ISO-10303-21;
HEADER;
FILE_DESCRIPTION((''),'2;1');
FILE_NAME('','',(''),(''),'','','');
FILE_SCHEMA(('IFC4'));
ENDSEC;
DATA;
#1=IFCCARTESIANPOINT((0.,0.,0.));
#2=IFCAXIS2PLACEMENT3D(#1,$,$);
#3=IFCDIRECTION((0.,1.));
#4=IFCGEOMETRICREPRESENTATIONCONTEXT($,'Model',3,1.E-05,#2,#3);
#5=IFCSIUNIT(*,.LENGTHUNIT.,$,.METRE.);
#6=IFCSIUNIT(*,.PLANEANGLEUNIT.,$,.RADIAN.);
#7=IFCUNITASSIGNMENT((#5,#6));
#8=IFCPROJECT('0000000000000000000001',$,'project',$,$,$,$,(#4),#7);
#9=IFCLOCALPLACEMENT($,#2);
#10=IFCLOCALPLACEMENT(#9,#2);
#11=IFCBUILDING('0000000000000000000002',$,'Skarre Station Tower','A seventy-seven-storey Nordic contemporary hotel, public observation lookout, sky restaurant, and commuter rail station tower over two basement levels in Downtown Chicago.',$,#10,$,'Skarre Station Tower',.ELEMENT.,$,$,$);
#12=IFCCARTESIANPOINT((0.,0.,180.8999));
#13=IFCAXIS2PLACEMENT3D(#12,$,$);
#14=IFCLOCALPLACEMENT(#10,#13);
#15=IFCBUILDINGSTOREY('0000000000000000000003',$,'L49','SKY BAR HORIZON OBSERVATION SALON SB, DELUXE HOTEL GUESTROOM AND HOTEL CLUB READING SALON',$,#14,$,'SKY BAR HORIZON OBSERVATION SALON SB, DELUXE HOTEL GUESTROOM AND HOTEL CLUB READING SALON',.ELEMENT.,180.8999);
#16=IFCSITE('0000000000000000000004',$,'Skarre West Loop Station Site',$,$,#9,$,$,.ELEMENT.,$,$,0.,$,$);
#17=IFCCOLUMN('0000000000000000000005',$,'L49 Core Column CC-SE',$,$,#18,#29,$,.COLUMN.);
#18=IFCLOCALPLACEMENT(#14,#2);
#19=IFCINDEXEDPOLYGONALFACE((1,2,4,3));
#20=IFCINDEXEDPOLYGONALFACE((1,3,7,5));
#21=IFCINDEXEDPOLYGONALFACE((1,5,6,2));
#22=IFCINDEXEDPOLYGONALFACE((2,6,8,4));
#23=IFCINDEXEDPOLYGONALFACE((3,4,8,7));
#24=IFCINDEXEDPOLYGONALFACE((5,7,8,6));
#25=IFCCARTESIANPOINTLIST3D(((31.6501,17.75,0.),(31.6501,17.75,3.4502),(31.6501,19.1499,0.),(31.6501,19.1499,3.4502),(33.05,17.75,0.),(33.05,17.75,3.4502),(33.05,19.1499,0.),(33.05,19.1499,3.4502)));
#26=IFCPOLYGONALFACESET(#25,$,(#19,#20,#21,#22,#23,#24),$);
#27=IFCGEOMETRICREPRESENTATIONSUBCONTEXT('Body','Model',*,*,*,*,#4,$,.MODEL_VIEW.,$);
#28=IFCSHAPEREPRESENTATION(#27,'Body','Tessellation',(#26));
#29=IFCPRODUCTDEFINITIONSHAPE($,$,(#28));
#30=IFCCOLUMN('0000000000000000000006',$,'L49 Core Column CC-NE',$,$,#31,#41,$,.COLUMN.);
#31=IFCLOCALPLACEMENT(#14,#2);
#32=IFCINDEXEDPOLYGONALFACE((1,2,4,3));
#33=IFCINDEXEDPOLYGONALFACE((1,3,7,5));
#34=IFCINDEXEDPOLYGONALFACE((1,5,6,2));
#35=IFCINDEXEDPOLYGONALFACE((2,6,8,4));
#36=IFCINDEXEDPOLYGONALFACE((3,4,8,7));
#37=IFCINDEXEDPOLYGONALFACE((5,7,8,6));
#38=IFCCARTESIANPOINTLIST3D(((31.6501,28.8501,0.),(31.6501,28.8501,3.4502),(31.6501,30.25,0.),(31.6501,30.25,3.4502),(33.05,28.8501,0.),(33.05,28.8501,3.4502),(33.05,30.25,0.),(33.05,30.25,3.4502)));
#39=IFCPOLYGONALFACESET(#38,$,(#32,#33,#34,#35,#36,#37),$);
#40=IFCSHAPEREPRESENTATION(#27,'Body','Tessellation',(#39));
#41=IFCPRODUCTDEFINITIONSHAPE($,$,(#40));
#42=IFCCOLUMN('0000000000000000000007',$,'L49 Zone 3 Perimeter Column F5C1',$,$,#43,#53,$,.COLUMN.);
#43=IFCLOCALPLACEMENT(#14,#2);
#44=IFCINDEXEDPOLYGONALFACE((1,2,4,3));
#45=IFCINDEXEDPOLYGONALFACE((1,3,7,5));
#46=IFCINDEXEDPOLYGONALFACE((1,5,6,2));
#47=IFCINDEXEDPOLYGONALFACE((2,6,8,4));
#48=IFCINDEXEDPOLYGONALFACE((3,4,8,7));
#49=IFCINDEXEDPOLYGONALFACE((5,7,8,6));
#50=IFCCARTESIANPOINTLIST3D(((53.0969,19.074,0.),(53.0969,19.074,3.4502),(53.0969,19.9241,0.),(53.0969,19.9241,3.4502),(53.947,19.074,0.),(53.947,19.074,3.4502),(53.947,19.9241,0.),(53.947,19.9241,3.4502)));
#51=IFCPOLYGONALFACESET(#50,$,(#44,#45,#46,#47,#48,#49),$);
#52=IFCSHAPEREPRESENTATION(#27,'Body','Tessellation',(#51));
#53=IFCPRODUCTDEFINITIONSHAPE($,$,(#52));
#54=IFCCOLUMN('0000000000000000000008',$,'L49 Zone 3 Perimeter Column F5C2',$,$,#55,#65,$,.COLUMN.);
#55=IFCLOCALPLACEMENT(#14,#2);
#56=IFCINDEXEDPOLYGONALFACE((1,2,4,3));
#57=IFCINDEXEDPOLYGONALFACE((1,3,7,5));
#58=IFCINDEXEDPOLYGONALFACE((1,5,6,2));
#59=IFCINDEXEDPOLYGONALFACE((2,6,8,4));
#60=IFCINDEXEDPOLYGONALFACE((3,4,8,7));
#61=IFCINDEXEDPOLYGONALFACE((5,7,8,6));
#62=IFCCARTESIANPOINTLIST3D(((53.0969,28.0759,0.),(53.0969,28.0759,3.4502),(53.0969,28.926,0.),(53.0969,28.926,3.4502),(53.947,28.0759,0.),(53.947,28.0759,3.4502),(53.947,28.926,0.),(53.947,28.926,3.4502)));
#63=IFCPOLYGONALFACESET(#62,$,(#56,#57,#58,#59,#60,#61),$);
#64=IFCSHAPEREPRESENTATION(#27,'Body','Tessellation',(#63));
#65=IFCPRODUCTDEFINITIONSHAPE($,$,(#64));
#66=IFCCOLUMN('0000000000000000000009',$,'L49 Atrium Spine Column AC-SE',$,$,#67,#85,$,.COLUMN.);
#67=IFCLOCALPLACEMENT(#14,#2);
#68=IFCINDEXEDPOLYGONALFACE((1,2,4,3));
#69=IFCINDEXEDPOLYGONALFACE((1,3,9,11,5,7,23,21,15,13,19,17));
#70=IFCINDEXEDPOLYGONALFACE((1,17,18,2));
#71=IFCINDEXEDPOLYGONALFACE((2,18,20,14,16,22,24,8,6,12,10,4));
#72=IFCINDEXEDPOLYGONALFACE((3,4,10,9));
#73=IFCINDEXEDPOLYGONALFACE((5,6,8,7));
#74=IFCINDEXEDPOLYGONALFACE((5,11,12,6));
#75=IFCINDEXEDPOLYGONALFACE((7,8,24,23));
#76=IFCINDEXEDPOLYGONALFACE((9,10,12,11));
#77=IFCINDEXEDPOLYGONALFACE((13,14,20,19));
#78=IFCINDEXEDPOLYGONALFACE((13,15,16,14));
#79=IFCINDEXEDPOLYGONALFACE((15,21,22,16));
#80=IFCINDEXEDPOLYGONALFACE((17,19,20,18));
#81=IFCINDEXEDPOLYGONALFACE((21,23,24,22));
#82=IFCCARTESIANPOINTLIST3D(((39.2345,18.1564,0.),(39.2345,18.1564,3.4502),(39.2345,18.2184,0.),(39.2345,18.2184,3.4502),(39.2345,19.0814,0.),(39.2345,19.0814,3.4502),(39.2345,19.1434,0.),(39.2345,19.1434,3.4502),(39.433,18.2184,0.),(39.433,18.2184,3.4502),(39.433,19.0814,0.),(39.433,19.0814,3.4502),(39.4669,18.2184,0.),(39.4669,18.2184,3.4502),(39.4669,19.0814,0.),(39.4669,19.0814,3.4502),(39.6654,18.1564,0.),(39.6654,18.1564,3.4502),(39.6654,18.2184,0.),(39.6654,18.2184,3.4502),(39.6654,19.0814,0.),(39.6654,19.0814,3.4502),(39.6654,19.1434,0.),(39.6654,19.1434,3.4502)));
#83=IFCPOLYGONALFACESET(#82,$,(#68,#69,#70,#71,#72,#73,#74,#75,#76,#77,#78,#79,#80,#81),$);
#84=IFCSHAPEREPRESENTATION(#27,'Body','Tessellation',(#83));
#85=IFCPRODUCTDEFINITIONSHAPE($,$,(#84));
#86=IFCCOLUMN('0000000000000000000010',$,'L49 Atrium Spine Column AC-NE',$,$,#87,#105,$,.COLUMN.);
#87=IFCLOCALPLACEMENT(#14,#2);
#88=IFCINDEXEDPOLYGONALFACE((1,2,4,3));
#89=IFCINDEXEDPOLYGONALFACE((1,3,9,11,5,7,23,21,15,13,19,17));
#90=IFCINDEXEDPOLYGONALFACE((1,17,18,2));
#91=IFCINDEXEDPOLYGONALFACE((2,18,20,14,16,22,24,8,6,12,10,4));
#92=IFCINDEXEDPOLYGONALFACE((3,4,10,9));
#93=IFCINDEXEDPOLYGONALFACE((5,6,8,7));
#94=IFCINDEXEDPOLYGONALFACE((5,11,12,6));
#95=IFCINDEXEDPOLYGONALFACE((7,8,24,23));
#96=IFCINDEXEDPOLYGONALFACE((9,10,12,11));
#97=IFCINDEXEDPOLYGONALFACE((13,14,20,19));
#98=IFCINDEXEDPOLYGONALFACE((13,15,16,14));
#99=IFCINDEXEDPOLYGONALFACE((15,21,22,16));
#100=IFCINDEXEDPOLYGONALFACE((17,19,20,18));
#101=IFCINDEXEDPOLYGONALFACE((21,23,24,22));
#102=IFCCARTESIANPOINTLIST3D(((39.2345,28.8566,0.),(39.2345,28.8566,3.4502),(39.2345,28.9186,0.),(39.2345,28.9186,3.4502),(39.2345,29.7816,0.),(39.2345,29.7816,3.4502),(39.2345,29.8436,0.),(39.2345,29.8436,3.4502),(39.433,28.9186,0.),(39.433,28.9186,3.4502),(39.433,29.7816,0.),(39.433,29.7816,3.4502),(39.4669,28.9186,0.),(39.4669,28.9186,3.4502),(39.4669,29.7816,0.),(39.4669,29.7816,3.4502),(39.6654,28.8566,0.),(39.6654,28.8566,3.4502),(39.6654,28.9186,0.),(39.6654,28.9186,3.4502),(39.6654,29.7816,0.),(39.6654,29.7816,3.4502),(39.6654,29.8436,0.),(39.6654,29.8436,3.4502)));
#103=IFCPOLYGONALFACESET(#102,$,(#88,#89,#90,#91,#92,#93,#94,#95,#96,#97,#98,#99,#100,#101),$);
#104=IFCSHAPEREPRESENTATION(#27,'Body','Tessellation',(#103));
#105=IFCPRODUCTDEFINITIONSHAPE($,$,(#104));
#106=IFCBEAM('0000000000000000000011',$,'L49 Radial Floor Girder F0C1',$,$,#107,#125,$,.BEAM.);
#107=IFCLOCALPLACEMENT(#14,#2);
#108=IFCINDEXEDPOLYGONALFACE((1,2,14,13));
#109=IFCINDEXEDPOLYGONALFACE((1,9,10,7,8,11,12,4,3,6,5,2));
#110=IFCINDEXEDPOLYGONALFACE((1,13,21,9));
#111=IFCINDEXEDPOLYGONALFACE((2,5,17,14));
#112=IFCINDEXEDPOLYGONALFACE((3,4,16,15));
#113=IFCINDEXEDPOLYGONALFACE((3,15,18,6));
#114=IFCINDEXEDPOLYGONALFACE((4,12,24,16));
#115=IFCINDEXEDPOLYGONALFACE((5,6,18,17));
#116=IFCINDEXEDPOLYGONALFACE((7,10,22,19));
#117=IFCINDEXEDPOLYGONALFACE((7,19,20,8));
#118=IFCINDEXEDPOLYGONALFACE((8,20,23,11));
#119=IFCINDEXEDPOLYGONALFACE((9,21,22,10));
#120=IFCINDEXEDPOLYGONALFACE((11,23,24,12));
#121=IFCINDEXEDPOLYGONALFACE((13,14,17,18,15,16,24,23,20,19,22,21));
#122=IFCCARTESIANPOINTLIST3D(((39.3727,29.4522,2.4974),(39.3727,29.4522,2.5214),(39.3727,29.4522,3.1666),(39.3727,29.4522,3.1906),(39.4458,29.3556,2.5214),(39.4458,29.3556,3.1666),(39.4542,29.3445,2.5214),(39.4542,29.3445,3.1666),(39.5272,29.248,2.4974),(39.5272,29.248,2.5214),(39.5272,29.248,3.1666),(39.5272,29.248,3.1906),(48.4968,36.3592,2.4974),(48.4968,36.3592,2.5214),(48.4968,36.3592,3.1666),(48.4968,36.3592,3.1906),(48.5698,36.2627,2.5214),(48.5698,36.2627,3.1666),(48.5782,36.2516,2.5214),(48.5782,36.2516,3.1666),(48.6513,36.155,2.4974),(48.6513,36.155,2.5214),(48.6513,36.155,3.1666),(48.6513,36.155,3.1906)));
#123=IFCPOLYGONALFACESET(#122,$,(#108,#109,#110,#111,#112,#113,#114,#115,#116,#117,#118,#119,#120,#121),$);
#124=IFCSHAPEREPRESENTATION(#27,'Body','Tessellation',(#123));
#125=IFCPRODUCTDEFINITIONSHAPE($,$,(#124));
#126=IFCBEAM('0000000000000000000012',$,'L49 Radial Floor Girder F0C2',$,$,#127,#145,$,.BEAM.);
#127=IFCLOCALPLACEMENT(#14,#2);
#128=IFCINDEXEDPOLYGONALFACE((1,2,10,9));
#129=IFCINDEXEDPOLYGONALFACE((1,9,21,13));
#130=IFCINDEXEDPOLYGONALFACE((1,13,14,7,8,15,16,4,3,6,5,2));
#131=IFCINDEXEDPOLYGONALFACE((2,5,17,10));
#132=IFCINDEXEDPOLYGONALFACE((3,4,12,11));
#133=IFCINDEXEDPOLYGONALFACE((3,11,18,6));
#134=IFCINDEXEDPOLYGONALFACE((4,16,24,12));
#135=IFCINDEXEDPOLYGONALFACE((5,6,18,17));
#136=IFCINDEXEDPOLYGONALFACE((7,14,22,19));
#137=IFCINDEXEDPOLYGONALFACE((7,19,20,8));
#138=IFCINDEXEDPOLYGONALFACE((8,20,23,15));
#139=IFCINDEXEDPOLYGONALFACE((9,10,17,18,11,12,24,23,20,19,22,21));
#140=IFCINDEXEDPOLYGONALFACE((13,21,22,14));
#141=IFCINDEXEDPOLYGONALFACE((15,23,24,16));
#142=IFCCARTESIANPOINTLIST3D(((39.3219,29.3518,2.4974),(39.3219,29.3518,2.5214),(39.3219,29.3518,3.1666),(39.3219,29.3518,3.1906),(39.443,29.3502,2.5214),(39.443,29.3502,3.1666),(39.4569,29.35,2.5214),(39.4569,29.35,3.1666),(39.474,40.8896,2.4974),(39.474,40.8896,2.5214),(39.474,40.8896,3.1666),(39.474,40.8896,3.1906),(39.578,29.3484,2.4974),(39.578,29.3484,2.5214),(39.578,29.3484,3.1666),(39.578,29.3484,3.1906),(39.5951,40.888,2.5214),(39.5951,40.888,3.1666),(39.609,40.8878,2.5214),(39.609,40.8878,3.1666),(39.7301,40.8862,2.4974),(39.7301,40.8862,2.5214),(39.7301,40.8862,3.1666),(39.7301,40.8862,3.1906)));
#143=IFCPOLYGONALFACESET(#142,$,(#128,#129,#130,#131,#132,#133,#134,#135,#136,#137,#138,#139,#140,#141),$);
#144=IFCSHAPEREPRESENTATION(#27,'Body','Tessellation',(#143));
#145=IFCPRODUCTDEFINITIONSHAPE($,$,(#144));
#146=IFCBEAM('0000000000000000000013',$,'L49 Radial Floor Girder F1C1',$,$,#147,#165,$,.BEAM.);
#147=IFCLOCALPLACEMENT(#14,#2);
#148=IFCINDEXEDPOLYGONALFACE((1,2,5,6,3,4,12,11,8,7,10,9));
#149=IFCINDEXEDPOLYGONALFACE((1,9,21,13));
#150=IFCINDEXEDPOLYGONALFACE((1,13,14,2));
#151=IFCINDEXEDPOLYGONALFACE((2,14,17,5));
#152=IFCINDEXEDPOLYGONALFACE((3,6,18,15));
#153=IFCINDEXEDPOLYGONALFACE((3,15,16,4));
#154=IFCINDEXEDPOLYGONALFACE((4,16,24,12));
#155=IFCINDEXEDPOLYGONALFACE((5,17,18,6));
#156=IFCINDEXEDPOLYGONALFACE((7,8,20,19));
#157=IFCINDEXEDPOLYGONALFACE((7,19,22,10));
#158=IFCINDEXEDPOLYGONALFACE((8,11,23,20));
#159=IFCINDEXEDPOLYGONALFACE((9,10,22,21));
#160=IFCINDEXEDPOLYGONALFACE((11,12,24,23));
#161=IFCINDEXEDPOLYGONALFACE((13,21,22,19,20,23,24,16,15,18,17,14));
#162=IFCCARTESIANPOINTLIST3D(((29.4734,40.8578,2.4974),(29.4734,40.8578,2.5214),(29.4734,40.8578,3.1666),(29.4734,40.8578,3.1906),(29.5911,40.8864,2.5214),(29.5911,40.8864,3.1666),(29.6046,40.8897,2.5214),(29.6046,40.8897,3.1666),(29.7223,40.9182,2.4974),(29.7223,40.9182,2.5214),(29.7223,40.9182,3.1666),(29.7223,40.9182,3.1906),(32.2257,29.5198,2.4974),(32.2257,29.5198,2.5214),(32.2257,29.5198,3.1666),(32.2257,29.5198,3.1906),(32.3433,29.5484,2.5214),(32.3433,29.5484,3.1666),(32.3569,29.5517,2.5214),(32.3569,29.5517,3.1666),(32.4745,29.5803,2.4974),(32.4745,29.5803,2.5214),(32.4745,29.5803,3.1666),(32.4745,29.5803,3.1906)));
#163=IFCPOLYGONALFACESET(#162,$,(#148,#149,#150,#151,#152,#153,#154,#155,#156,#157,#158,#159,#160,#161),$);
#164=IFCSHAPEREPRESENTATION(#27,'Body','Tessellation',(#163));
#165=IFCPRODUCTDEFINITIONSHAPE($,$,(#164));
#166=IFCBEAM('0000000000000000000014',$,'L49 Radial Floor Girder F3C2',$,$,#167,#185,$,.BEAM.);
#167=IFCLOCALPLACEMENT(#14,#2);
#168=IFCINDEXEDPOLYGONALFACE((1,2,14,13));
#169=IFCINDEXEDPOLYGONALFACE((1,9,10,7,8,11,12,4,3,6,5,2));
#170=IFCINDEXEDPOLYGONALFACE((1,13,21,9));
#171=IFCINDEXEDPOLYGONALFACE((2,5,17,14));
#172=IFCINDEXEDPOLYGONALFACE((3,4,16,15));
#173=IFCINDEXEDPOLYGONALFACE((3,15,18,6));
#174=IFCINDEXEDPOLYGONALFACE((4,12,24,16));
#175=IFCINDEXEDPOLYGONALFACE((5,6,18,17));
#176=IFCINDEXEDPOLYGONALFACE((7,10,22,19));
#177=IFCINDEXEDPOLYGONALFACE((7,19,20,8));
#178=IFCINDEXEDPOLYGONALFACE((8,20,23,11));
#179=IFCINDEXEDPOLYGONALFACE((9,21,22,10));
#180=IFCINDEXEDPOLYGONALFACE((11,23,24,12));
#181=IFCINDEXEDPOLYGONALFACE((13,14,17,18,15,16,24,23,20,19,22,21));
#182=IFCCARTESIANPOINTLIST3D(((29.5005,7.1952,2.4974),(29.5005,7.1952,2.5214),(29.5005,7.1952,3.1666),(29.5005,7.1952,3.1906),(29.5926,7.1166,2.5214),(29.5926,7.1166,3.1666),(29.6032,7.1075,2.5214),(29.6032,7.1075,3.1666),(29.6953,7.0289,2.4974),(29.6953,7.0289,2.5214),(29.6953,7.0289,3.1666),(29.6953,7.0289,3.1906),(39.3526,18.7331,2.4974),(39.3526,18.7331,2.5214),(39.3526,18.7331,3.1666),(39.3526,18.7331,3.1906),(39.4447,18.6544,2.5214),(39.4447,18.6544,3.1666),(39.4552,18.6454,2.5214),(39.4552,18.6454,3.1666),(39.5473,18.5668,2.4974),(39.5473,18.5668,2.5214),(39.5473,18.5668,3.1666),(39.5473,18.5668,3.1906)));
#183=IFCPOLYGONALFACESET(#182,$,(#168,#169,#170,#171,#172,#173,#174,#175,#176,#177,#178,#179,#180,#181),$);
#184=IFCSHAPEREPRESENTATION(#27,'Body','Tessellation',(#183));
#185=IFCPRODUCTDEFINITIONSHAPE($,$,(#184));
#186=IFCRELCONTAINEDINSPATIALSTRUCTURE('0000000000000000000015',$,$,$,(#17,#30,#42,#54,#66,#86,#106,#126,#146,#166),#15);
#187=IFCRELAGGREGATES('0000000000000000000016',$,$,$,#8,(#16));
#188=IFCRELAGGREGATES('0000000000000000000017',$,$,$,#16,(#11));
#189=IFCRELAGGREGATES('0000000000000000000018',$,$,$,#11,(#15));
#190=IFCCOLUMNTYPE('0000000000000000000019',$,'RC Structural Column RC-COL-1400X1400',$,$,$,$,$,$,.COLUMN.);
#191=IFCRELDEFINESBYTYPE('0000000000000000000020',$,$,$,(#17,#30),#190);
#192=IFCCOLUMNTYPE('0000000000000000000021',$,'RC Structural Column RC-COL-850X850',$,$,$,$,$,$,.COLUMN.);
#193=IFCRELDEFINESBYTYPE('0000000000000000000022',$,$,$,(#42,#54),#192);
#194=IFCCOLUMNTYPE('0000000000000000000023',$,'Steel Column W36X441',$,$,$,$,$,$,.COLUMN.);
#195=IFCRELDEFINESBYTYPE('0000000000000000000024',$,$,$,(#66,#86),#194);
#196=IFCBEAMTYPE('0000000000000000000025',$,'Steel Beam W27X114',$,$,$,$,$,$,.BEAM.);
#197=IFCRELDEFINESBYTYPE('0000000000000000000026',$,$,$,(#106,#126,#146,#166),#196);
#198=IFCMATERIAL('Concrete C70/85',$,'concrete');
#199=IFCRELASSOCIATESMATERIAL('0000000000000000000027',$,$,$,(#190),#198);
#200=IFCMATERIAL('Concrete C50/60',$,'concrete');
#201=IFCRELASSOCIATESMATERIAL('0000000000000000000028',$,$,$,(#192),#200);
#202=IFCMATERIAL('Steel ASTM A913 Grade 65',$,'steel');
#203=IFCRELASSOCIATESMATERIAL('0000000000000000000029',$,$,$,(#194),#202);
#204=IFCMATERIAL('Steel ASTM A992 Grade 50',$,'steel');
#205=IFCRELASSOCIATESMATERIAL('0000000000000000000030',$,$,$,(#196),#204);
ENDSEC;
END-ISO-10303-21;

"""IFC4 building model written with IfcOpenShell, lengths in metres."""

from ifc_helpers import new_model, si_unit, direction, frame, origin, origin_2d, place, context, subcontext, project, spatial, rectangle, i_section, extrude, material, material_profile, profile_set, type_object, element, save


model = new_model("IFC4")

# Units and contexts
model_context = context("Model", 3, precision=1e-05, world=origin(), true_north=direction((0.0, 1.0)))
body_context = subcontext(model_context, "Body", "Model", "MODEL_VIEW")
ifc_project = project(units=[si_unit("LENGTHUNIT", "METRE"), si_unit("PLANEANGLEUNIT", "RADIAN")], contexts=[model_context])

# Site, building, storey
site_placement = place(None, origin())
site = spatial("IfcSite", under=ifc_project, at=site_placement, Name="Skarre West Loop Station Site", CompositionType="ELEMENT", RefElevation=0.0)
building_placement = place(site_placement, origin())
building = spatial("IfcBuilding", under=site, at=building_placement, Name="Skarre Station Tower", Description="A seventy-seven-storey Nordic contemporary hotel, public observation lookout, sky restaurant, and commuter rail station tower over two basement levels in Downtown Chicago.", LongName="Skarre Station Tower", CompositionType="ELEMENT")
storey_placement = place(building_placement, frame((0.0, 0.0, 180.8999)))
storey = spatial("IfcBuildingStorey", under=building, at=storey_placement, Name="L49", Description="SKY BAR HORIZON OBSERVATION SALON SB, DELUXE HOTEL GUESTROOM AND HOTEL CLUB READING SALON", LongName="SKY BAR HORIZON OBSERVATION SALON SB, DELUXE HOTEL GUESTROOM AND HOTEL CLUB READING SALON", CompositionType="ELEMENT", Elevation=180.8999)

# Columns
ifc_material_1 = material(Name="Concrete C70/85", Category="concrete")
ifc_material_profile_1 = material_profile(ifc_material_1, rectangle(XDim=1.3999, YDim=1.3999, at=origin_2d()), Name="Concrete C70/85")
ifc_profile_set_1 = profile_set([ifc_material_profile_1], Name="Concrete C70/85")
column_type_1 = type_object("IfcColumnType", Name="RC Structural Column RC-COL-1400X1400", PredefinedType="COLUMN", material=ifc_profile_set_1)
for number, where, z_axis, x_axis, name in (
    (1, (32.3501, 18.45, 0.0), (0.0, 0.0, 1.0), (1.0, 0.0, 0.0), "L49 Core Column CC-SE"),
    (2, (32.3501, 29.55, 0.0), (0.0, 0.0, 1.0), (1.0, 0.0, 0.0), "L49 Core Column CC-NE"),
):
    element("IfcColumn", number, at=place(storey_placement, frame(where, z_axis=z_axis, x_axis=x_axis)), inside=storey, type_object=column_type_1, Name=name, PredefinedType="COLUMN", context=body_context, shape_type="SweptSolid", body=[
        extrude(rectangle(XDim=1.3999, YDim=1.3999, at=origin_2d()), origin(), (0.0, 0.0, 1.0), 3.4502),
    ])
ifc_material_2 = material(Name="Concrete C50/60", Category="concrete")
ifc_material_profile_2 = material_profile(ifc_material_2, rectangle(XDim=0.8501, YDim=0.8501, at=origin_2d()), Name="Concrete C50/60")
ifc_profile_set_2 = profile_set([ifc_material_profile_2], Name="Concrete C50/60")
column_type_2 = type_object("IfcColumnType", Name="RC Structural Column RC-COL-850X850", PredefinedType="COLUMN", material=ifc_profile_set_2)
for number, where, z_axis, x_axis, name in (
    (3, (53.522, 19.499, 0.0), (0.0, 0.0, 1.0), (1.0, 0.0, 0.0), "L49 Zone 3 Perimeter Column F5C1"),
    (4, (53.522, 28.501, 0.0), (0.0, 0.0, 1.0), (1.0, 0.0, 0.0), "L49 Zone 3 Perimeter Column F5C2"),
):
    element("IfcColumn", number, at=place(storey_placement, frame(where, z_axis=z_axis, x_axis=x_axis)), inside=storey, type_object=column_type_2, Name=name, PredefinedType="COLUMN", context=body_context, shape_type="SweptSolid", body=[
        extrude(rectangle(XDim=0.8501, YDim=0.8501, at=origin_2d()), origin(), (0.0, 0.0, 1.0), 3.4502),
    ])
ifc_material_3 = material(Name="Steel ASTM A913 Grade 65", Category="steel")
ifc_material_profile_3 = material_profile(ifc_material_3, i_section(OverallWidth=0.4309, OverallDepth=0.9871, WebThickness=0.0339, FlangeThickness=0.062, at=origin_2d()), Name="Steel ASTM A913 Grade 65")
ifc_profile_set_3 = profile_set([ifc_material_profile_3], Name="Steel ASTM A913 Grade 65")
column_type_3 = type_object("IfcColumnType", Name="Steel Column W36X441", PredefinedType="COLUMN", material=ifc_profile_set_3)
for number, where, z_axis, x_axis, name in (
    (5, (39.45, 18.6499, 0.0), (0.0, 0.0, 1.0), (1.0, 0.0, 0.0), "L49 Atrium Spine Column AC-SE"),
    (6, (39.45, 29.3501, 0.0), (0.0, 0.0, 1.0), (1.0, 0.0, 0.0), "L49 Atrium Spine Column AC-NE"),
):
    element("IfcColumn", number, at=place(storey_placement, frame(where, z_axis=z_axis, x_axis=x_axis)), inside=storey, type_object=column_type_3, Name=name, PredefinedType="COLUMN", context=body_context, shape_type="SweptSolid", body=[
        extrude(i_section(OverallWidth=0.4309, OverallDepth=0.9871, WebThickness=0.0339, FlangeThickness=0.062, at=origin_2d()), origin(), (0.0, 0.0, 1.0), 3.4502),
    ])

# Beams
ifc_material_4 = material(Name="Steel ASTM A992 Grade 50", Category="steel")
ifc_material_profile_4 = material_profile(ifc_material_4, i_section(OverallWidth=0.2561, OverallDepth=0.6931, WebThickness=0.0139, FlangeThickness=0.0239, at=origin_2d()), Name="Steel ASTM A992 Grade 50")
ifc_profile_set_4 = profile_set([ifc_material_profile_4], Name="Steel ASTM A992 Grade 50")
beam_type_1 = type_object("IfcBeamType", Name="Steel Beam W27X114", PredefinedType="BEAM", material=ifc_profile_set_4)
beam_1_placement = place(storey_placement, frame((39.45, 29.3501, 2.844), z_axis=(0.797309, 0.603571, 0.0), x_axis=(-0.603571, 0.797309, 0.0)))
element("IfcBeam", 7, at=beam_1_placement, inside=storey, type_object=beam_type_1, Name="L49 Radial Floor Girder F0C1", PredefinedType="BEAM", context=body_context, shape_type="SweptSolid", body=[
    extrude(i_section(OverallWidth=0.2561, OverallDepth=0.6931, WebThickness=0.0139, FlangeThickness=0.0239, at=origin_2d()), origin(), (0.0, 0.0, 1.0), 11.4436),
])
beam_2_placement = place(storey_placement, frame((39.45, 29.3501, 2.844), z_axis=(0.013182, 0.999913, 0.0), x_axis=(-0.999913, 0.013182, 0.0)))
element("IfcBeam", 8, at=beam_2_placement, inside=storey, type_object=beam_type_1, Name="L49 Radial Floor Girder F0C2", PredefinedType="BEAM", context=body_context, shape_type="SweptSolid", body=[
    extrude(i_section(OverallWidth=0.2561, OverallDepth=0.6931, WebThickness=0.0139, FlangeThickness=0.0239, at=origin_2d()), origin(), (0.0, 0.0, 1.0), 11.5388),
])
beam_3_placement = place(storey_placement, frame((32.3501, 29.55, 2.844), z_axis=(-0.235893, 0.971779, 0.0), x_axis=(-0.971779, -0.235893, 0.0)))
element("IfcBeam", 9, at=beam_3_placement, inside=storey, type_object=beam_type_1, Name="L49 Radial Floor Girder F1C1", PredefinedType="BEAM", context=body_context, shape_type="SweptSolid", body=[
    extrude(i_section(OverallWidth=0.2561, OverallDepth=0.6931, WebThickness=0.0139, FlangeThickness=0.0239, at=origin_2d()), origin(), (0.0, 0.0, 1.0), 11.6672),
])
beam_4_placement = place(storey_placement, frame((39.45, 18.6499, 2.844), z_axis=(-0.649364, -0.760477, 0.0), x_axis=(0.760477, -0.649364, 0.0)))
element("IfcBeam", 10, at=beam_4_placement, inside=storey, type_object=beam_type_1, Name="L49 Radial Floor Girder F3C2", PredefinedType="BEAM", context=body_context, shape_type="SweptSolid", body=[
    extrude(i_section(OverallWidth=0.2561, OverallDepth=0.6931, WebThickness=0.0139, FlangeThickness=0.0239, at=origin_2d()), origin(), (0.0, 0.0, 1.0), 15.1719),
])

save(model, "model.ifc")
